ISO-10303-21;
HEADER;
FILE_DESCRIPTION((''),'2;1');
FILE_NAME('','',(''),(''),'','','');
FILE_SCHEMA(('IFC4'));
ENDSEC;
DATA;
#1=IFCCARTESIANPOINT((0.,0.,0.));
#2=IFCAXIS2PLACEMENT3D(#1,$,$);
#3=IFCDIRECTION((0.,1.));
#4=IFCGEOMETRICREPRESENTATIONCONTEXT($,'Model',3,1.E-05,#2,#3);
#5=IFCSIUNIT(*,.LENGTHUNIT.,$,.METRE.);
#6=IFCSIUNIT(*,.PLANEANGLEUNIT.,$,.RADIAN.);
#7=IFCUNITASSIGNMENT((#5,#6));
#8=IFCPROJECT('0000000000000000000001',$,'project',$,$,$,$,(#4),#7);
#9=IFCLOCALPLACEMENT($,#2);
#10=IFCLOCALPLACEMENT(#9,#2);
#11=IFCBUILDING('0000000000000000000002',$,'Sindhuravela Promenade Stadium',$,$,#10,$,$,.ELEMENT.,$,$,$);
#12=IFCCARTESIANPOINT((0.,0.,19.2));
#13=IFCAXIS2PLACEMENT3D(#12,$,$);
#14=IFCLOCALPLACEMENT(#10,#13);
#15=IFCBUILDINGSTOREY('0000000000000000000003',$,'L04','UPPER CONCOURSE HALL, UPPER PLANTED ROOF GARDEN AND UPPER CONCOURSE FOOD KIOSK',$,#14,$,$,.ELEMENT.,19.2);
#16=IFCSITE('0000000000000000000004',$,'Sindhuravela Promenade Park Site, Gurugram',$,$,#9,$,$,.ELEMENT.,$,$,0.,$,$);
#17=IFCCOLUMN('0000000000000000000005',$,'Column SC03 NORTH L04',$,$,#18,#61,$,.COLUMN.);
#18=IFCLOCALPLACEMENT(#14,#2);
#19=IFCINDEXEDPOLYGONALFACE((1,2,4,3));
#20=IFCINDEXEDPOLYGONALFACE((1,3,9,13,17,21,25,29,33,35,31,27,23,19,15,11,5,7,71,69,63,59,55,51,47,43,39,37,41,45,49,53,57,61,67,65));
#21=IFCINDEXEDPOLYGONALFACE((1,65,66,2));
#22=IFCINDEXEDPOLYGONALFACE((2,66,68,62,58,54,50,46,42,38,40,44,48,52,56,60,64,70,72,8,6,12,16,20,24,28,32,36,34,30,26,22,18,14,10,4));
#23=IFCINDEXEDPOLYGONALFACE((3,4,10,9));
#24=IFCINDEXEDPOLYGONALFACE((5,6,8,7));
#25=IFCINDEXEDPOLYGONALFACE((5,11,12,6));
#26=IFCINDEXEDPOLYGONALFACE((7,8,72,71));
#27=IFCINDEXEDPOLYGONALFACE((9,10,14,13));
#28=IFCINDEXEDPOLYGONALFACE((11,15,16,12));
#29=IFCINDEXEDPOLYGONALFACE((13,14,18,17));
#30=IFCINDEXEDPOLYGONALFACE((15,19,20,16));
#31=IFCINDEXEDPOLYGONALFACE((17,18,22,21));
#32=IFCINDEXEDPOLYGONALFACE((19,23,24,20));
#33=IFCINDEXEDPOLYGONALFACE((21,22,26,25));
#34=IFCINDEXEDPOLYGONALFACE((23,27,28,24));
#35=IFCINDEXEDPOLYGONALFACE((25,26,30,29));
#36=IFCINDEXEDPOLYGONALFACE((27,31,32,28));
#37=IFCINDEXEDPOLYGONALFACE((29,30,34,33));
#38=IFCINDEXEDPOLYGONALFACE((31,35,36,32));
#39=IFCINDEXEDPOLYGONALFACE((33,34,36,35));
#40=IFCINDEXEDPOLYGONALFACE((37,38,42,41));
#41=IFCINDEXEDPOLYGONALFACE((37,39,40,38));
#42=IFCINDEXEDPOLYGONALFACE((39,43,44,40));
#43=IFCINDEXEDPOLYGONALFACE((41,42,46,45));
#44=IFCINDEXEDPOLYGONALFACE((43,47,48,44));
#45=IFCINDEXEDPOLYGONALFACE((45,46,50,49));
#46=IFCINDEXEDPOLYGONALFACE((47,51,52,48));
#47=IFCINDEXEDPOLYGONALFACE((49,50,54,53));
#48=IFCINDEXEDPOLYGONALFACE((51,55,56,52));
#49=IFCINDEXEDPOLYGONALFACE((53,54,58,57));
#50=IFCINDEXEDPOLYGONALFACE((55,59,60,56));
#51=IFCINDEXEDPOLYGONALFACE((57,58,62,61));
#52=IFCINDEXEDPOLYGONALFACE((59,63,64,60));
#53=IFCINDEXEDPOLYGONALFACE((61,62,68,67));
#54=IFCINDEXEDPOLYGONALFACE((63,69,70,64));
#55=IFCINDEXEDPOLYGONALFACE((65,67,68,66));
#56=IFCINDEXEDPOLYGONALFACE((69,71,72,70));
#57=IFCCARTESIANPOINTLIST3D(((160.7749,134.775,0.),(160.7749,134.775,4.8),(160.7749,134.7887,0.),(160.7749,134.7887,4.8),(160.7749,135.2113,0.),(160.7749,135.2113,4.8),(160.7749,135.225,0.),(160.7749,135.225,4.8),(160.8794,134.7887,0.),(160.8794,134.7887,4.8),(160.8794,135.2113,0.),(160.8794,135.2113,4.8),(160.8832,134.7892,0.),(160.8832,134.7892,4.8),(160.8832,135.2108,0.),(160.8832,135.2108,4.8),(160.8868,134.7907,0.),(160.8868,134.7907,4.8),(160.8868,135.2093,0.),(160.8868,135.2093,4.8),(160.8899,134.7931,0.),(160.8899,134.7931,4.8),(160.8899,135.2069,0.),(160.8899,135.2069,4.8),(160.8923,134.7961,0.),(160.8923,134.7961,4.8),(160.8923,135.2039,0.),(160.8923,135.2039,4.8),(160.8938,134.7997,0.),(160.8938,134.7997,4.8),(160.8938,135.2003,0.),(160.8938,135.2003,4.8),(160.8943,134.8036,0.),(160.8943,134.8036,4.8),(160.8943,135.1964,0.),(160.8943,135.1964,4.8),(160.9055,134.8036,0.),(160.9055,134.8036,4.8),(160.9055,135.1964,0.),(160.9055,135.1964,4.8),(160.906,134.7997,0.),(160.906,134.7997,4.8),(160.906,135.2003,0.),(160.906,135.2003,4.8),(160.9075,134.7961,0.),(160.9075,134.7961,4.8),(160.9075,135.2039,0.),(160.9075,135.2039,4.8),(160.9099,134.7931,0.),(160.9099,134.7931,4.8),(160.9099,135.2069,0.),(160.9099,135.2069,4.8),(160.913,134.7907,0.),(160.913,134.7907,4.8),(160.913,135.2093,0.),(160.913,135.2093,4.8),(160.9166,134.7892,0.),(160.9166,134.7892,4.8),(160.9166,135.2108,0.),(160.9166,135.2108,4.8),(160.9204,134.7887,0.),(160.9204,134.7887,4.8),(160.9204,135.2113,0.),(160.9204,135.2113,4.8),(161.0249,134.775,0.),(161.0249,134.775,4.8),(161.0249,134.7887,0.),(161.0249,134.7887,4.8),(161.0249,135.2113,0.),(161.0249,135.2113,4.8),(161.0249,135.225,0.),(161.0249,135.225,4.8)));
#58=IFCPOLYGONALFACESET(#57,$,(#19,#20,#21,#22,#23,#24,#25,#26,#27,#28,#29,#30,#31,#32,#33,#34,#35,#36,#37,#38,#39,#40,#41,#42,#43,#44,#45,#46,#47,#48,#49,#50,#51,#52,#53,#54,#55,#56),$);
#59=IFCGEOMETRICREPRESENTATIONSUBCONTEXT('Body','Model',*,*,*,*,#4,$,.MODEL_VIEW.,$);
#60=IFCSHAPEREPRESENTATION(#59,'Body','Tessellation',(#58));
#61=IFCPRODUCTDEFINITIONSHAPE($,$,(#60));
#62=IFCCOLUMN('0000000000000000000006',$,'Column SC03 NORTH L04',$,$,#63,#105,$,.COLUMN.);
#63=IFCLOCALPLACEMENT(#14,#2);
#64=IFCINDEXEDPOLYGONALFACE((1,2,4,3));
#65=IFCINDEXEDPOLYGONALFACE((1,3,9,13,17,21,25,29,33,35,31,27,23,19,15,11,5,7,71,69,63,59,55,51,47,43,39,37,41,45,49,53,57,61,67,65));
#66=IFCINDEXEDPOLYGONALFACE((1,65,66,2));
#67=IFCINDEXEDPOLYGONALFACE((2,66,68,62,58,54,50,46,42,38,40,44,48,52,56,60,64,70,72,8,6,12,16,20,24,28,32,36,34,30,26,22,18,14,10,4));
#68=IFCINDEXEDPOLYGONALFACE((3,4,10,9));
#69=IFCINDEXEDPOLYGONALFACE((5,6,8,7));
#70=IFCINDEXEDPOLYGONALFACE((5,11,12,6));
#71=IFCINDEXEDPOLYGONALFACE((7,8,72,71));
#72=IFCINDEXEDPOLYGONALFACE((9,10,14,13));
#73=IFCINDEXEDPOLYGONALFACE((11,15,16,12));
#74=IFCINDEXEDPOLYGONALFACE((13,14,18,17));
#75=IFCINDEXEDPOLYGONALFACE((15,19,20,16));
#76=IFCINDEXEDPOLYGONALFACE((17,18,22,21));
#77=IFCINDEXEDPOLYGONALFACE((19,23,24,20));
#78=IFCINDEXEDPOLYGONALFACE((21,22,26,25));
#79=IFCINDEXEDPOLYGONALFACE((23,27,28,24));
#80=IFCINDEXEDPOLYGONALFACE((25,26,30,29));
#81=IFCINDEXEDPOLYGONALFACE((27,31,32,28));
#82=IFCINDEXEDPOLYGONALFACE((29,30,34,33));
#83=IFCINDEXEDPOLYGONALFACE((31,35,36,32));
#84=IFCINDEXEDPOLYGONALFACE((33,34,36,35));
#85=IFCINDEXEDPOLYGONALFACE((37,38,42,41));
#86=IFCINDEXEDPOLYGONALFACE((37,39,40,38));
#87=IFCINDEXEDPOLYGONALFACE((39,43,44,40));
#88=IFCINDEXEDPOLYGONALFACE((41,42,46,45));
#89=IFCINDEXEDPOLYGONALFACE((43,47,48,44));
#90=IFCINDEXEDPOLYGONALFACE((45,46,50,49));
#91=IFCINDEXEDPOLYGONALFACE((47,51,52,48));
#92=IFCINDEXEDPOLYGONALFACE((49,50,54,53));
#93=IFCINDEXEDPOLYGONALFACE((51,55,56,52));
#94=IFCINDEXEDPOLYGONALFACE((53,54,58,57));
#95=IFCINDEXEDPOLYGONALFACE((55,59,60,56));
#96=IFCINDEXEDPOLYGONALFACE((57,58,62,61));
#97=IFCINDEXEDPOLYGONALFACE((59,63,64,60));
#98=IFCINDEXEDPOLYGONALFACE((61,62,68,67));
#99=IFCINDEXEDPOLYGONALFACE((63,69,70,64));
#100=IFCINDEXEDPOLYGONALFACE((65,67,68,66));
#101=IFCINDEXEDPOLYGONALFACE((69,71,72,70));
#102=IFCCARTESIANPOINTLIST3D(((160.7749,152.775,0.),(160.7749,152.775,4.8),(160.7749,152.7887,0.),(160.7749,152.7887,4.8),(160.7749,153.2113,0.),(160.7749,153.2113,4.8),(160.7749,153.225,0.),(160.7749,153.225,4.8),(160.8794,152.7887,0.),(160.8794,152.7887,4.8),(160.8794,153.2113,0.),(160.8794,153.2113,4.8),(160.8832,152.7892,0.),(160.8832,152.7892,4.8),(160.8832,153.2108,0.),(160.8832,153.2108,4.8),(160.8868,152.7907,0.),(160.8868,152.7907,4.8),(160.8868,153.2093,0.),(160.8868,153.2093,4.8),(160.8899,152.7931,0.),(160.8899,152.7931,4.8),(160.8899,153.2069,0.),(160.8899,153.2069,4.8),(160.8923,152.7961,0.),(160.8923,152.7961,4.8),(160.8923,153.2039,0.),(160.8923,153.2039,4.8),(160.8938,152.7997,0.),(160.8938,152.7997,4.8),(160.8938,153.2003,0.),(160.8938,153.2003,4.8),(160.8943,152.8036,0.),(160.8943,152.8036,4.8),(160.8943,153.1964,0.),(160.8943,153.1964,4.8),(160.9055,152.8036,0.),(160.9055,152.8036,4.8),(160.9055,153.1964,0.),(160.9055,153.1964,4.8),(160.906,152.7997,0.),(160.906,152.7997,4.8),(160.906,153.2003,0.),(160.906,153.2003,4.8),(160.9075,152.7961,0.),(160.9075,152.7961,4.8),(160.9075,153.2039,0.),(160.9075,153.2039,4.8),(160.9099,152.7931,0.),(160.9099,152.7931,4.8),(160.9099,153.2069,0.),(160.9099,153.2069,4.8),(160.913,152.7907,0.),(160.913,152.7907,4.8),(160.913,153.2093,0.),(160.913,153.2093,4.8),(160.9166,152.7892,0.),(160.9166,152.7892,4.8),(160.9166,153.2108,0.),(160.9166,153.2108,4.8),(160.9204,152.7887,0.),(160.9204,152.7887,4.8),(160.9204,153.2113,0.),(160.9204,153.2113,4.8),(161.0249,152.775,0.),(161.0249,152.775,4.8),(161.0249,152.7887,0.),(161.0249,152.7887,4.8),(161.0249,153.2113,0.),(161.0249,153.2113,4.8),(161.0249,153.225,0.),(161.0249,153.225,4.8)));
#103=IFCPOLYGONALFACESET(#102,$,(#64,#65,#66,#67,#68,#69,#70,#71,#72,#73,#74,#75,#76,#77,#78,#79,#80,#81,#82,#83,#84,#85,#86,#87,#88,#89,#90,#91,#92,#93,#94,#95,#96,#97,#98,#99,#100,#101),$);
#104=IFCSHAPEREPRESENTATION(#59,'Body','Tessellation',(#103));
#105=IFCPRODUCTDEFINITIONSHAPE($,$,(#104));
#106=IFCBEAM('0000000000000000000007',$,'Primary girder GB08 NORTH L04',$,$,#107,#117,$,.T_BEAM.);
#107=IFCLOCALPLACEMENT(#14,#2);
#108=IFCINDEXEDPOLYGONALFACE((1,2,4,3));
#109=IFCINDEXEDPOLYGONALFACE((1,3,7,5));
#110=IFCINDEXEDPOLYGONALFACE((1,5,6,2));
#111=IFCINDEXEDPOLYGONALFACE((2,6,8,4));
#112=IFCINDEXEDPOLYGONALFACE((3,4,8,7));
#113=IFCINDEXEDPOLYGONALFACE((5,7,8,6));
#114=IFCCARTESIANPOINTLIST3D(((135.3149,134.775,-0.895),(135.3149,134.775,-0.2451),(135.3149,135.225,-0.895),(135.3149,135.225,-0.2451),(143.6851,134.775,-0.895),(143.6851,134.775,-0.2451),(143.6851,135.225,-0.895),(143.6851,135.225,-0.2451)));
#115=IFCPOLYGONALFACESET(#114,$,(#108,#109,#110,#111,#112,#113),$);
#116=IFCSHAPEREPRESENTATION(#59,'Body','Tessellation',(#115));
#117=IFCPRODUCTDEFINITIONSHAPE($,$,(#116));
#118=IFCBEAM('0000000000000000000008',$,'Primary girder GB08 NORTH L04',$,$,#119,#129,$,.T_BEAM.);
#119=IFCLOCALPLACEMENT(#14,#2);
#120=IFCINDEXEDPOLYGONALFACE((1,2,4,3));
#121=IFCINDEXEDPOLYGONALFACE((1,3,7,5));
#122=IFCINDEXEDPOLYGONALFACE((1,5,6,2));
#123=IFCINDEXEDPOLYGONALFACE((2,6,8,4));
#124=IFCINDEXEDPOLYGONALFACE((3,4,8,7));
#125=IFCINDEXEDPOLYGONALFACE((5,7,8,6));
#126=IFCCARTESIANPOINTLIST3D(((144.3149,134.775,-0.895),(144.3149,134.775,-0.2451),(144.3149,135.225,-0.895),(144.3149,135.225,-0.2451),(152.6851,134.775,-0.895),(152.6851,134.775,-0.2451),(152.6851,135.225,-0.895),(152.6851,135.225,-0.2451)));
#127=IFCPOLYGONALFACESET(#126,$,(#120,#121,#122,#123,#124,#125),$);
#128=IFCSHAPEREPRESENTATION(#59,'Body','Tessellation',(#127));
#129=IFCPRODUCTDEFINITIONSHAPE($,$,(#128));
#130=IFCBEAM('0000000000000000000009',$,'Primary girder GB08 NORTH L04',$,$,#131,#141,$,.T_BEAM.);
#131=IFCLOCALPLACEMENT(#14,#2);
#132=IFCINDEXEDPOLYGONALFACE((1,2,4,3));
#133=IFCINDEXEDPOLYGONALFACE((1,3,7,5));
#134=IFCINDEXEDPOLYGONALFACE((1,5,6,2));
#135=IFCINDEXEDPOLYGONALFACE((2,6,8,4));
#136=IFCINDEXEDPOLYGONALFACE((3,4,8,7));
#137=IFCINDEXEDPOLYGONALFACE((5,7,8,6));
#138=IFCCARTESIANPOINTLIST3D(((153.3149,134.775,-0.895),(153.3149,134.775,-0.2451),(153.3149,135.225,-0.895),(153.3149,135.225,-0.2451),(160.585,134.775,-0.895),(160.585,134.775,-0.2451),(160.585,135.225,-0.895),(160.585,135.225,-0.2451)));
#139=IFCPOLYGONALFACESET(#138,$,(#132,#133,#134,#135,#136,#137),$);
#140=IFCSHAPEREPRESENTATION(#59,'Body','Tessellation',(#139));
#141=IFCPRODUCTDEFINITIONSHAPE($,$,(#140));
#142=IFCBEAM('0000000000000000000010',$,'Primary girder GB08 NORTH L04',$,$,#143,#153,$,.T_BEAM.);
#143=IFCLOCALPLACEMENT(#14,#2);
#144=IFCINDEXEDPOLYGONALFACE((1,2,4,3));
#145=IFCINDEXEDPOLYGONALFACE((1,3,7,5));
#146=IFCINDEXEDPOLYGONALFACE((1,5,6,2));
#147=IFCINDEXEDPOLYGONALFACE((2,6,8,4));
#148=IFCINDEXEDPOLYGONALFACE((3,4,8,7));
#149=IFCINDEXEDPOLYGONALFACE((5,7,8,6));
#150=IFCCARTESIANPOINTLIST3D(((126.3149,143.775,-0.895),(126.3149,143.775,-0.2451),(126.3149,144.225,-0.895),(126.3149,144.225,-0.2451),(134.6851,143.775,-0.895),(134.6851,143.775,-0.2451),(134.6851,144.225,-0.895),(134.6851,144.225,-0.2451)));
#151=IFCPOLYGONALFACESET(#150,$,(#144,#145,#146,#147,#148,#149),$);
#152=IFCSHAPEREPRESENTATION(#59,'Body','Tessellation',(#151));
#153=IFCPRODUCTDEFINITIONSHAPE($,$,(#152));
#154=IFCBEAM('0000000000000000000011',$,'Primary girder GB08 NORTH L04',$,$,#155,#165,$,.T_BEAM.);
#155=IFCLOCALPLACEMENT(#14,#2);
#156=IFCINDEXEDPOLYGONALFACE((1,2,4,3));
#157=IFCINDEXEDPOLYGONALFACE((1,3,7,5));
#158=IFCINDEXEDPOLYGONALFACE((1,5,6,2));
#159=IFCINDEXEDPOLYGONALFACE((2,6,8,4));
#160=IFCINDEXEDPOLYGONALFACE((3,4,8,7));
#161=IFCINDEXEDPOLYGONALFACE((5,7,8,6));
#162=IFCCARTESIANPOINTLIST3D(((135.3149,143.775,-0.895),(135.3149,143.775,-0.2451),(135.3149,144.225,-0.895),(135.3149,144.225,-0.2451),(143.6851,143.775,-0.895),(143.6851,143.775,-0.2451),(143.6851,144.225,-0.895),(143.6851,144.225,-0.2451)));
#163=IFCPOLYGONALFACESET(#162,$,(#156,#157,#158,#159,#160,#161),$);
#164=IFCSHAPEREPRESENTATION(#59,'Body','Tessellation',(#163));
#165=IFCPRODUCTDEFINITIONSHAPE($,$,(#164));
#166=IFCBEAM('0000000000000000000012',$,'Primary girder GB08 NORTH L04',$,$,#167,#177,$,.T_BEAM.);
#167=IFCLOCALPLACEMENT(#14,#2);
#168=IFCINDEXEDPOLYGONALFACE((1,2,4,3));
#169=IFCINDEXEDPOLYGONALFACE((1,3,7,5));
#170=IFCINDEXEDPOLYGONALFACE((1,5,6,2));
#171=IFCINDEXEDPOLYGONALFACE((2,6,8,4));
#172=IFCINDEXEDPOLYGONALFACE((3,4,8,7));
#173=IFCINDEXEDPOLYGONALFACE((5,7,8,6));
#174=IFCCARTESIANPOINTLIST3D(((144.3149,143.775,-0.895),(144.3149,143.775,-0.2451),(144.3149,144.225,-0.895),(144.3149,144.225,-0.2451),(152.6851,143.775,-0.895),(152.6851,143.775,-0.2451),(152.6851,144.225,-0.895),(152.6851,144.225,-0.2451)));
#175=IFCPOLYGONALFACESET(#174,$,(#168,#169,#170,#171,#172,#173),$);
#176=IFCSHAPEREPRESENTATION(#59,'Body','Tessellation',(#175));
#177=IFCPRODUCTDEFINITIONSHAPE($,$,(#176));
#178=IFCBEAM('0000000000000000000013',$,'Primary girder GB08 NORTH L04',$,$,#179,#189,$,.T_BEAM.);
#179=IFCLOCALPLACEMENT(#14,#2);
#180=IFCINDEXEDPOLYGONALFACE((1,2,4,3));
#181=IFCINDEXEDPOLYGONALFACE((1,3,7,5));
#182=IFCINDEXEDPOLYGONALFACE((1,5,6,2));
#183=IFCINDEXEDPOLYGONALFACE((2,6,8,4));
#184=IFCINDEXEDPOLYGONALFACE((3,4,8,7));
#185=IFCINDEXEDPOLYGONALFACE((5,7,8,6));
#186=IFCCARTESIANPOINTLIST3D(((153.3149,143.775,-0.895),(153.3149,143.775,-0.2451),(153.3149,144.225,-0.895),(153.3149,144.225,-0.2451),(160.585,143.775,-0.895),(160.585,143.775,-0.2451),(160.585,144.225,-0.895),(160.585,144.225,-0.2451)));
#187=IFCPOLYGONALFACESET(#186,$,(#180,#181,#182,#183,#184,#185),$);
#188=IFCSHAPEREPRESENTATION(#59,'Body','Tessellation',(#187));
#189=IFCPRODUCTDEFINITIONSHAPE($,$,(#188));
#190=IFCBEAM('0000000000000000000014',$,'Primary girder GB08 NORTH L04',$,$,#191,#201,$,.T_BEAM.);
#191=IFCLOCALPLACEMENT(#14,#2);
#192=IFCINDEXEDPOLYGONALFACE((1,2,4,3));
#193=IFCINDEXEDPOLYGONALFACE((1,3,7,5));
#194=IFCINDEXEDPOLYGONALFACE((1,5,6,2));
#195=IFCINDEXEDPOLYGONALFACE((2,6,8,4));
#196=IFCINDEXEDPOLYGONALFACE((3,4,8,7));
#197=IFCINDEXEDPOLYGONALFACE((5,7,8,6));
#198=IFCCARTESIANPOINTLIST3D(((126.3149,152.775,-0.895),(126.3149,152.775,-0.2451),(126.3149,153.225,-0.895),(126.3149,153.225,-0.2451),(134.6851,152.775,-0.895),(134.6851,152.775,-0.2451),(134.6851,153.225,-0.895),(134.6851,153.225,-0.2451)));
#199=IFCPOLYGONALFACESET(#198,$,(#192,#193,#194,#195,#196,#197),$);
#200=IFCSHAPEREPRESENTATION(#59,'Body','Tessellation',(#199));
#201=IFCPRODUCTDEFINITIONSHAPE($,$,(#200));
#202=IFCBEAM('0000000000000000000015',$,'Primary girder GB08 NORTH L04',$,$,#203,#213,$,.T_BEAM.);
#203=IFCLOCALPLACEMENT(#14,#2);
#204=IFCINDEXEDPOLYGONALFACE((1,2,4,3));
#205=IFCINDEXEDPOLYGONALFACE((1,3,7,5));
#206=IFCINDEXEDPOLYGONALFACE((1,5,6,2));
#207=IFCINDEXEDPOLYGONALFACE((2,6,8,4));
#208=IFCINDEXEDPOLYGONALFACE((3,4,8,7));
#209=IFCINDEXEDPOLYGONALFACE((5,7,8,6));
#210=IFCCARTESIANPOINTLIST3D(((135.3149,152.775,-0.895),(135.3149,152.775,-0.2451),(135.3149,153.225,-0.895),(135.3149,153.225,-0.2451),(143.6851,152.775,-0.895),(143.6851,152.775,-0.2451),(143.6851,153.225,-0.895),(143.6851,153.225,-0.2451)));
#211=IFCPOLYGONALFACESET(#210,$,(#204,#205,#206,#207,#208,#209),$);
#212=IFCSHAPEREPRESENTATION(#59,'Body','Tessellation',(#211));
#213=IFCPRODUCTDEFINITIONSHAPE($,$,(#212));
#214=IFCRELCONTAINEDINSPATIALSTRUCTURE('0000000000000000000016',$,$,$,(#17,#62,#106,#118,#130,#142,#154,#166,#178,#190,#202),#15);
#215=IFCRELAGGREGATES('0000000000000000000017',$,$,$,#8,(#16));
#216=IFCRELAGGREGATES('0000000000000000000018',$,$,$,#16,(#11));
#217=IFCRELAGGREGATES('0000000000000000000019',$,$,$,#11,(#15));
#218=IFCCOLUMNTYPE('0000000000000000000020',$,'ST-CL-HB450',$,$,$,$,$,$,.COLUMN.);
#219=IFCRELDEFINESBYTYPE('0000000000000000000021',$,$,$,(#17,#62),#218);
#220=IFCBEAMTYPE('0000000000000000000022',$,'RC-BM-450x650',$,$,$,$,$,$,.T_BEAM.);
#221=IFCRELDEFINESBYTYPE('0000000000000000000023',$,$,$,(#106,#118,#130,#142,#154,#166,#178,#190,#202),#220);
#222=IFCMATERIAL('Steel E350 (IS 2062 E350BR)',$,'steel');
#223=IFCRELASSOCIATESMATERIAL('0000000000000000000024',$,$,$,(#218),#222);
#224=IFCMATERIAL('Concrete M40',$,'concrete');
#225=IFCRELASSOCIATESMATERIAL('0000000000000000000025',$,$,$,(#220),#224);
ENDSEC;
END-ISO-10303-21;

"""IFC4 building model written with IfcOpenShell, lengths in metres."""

from ifc_helpers import new_model, si_unit, direction, frame, origin, origin_2d, place, context, subcontext, project, spatial, rectangle, i_section, extrude, material, material_profile, profile_set, type_object, element, save


model = new_model("IFC4")

# Units and contexts
model_context = context("Model", 3, precision=1e-05, world=origin(), true_north=direction((0.0, 1.0)))
body_context = subcontext(model_context, "Body", "Model", "MODEL_VIEW")
ifc_project = project(units=[si_unit("LENGTHUNIT", "METRE"), si_unit("PLANEANGLEUNIT", "RADIAN")], contexts=[model_context])

# Site, building, storey
site_placement = place(None, origin())
site = spatial("IfcSite", under=ifc_project, at=site_placement, Name="Sindhuravela Promenade Park Site, Gurugram", CompositionType="ELEMENT", RefElevation=0.0)
building_placement = place(site_placement, origin())
building = spatial("IfcBuilding", under=site, at=building_placement, Name="Sindhuravela Promenade Stadium", CompositionType="ELEMENT")
storey_placement = place(building_placement, frame((0.0, 0.0, 19.2)))
storey = spatial("IfcBuildingStorey", under=building, at=storey_placement, Name="L04", Description="UPPER CONCOURSE HALL, UPPER PLANTED ROOF GARDEN AND UPPER CONCOURSE FOOD KIOSK", CompositionType="ELEMENT", Elevation=19.2)

# Columns
ifc_material_1 = material(Name="Concrete M40", Category="concrete")
ifc_material_2 = material(Name="Steel E350 (IS 2062 E350BR)", Category="steel")
ifc_material_profile_1 = material_profile(ifc_material_2, i_section(OverallWidth=0.25, OverallDepth=0.45, WebThickness=0.0112, FlangeThickness=0.0137, FilletRadius=0.0149, at=origin_2d()), Name="ISHB 450")
ifc_profile_set_1 = profile_set([ifc_material_profile_1], Name="Steel E350 (IS 2062 E350BR)")
column_type_1 = type_object("IfcColumnType", Name="ST-CL-HB450", PredefinedType="COLUMN", material=ifc_profile_set_1)
for number, where, z_axis, x_axis, name in (
    (1, (160.8999, 135.0, 0.0), (0.0, 0.0, 1.0), (1.0, 0.0, 0.0), "Column SC03 NORTH L04"),
    (2, (160.8999, 153.0, 0.0), (0.0, 0.0, 1.0), (1.0, 0.0, 0.0), "Column SC03 NORTH L04"),
):
    element("IfcColumn", number, at=place(storey_placement, frame(where, z_axis=z_axis, x_axis=x_axis)), inside=storey, type_object=column_type_1, Name=name, PredefinedType="COLUMN", context=body_context, shape_type="SweptSolid", body=[
        extrude(i_section(OverallWidth=0.25, OverallDepth=0.45, WebThickness=0.0112, FlangeThickness=0.0137, FilletRadius=0.0149, at=origin_2d()), origin(), (0.0, 0.0, 1.0), 4.8),
    ])

# Beams
ifc_material_profile_2 = material_profile(ifc_material_1, rectangle(XDim=0.45, YDim=0.6499, at=origin_2d()), Name="RC 450x650")
ifc_profile_set_2 = profile_set([ifc_material_profile_2], Name="Concrete M40")
beam_type_1 = type_object("IfcBeamType", Name="RC-BM-450x650", PredefinedType="T_BEAM", material=ifc_profile_set_2)
for number, where, z_axis, x_axis, name in (
    (3, (135.3149, 135.0, -0.5701), (1.0, 0.0, 0.0), (0.0, 1.0, 0.0), "Primary girder GB08 NORTH L04"),
    (4, (144.3149, 135.0, -0.5701), (1.0, 0.0, 0.0), (0.0, 1.0, 0.0), "Primary girder GB08 NORTH L04"),
):
    element("IfcBeam", number, at=place(storey_placement, frame(where, z_axis=z_axis, x_axis=x_axis)), inside=storey, type_object=beam_type_1, Name=name, PredefinedType="T_BEAM", context=body_context, shape_type="SweptSolid", body=[
        extrude(rectangle(XDim=0.45, YDim=0.6499, at=origin_2d()), origin(), (0.0, 0.0, 1.0), 8.3701),
    ])
beam_1_placement = place(storey_placement, frame((153.3149, 135.0, -0.5701), z_axis=(1.0, 0.0, 0.0), x_axis=(0.0, 1.0, 0.0)))
element("IfcBeam", 5, at=beam_1_placement, inside=storey, type_object=beam_type_1, Name="Primary girder GB08 NORTH L04", PredefinedType="T_BEAM", context=body_context, shape_type="SweptSolid", body=[
    extrude(rectangle(XDim=0.45, YDim=0.6499, at=origin_2d()), origin(), (0.0, 0.0, 1.0), 7.27),
])
for number, where, z_axis, x_axis, name in (
    (6, (126.3149, 144.0, -0.5701), (1.0, 0.0, 0.0), (0.0, 1.0, 0.0), "Primary girder GB08 NORTH L04"),
    (7, (135.3149, 144.0, -0.5701), (1.0, 0.0, 0.0), (0.0, 1.0, 0.0), "Primary girder GB08 NORTH L04"),
    (8, (144.3149, 144.0, -0.5701), (1.0, 0.0, 0.0), (0.0, 1.0, 0.0), "Primary girder GB08 NORTH L04"),
):
    element("IfcBeam", number, at=place(storey_placement, frame(where, z_axis=z_axis, x_axis=x_axis)), inside=storey, type_object=beam_type_1, Name=name, PredefinedType="T_BEAM", context=body_context, shape_type="SweptSolid", body=[
        extrude(rectangle(XDim=0.45, YDim=0.6499, at=origin_2d()), origin(), (0.0, 0.0, 1.0), 8.3701),
    ])
beam_2_placement = place(storey_placement, frame((153.3149, 144.0, -0.5701), z_axis=(1.0, 0.0, 0.0), x_axis=(0.0, 1.0, 0.0)))
element("IfcBeam", 9, at=beam_2_placement, inside=storey, type_object=beam_type_1, Name="Primary girder GB08 NORTH L04", PredefinedType="T_BEAM", context=body_context, shape_type="SweptSolid", body=[
    extrude(rectangle(XDim=0.45, YDim=0.6499, at=origin_2d()), origin(), (0.0, 0.0, 1.0), 7.27),
])
for number, where, z_axis, x_axis, name in (
    (10, (126.3149, 153.0, -0.5701), (1.0, 0.0, 0.0), (0.0, 1.0, 0.0), "Primary girder GB08 NORTH L04"),
    (11, (135.3149, 153.0, -0.5701), (1.0, 0.0, 0.0), (0.0, 1.0, 0.0), "Primary girder GB08 NORTH L04"),
):
    element("IfcBeam", number, at=place(storey_placement, frame(where, z_axis=z_axis, x_axis=x_axis)), inside=storey, type_object=beam_type_1, Name=name, PredefinedType="T_BEAM", context=body_context, shape_type="SweptSolid", body=[
        extrude(rectangle(XDim=0.45, YDim=0.6499, at=origin_2d()), origin(), (0.0, 0.0, 1.0), 8.3701),
    ])

save(model, "model.ifc")
